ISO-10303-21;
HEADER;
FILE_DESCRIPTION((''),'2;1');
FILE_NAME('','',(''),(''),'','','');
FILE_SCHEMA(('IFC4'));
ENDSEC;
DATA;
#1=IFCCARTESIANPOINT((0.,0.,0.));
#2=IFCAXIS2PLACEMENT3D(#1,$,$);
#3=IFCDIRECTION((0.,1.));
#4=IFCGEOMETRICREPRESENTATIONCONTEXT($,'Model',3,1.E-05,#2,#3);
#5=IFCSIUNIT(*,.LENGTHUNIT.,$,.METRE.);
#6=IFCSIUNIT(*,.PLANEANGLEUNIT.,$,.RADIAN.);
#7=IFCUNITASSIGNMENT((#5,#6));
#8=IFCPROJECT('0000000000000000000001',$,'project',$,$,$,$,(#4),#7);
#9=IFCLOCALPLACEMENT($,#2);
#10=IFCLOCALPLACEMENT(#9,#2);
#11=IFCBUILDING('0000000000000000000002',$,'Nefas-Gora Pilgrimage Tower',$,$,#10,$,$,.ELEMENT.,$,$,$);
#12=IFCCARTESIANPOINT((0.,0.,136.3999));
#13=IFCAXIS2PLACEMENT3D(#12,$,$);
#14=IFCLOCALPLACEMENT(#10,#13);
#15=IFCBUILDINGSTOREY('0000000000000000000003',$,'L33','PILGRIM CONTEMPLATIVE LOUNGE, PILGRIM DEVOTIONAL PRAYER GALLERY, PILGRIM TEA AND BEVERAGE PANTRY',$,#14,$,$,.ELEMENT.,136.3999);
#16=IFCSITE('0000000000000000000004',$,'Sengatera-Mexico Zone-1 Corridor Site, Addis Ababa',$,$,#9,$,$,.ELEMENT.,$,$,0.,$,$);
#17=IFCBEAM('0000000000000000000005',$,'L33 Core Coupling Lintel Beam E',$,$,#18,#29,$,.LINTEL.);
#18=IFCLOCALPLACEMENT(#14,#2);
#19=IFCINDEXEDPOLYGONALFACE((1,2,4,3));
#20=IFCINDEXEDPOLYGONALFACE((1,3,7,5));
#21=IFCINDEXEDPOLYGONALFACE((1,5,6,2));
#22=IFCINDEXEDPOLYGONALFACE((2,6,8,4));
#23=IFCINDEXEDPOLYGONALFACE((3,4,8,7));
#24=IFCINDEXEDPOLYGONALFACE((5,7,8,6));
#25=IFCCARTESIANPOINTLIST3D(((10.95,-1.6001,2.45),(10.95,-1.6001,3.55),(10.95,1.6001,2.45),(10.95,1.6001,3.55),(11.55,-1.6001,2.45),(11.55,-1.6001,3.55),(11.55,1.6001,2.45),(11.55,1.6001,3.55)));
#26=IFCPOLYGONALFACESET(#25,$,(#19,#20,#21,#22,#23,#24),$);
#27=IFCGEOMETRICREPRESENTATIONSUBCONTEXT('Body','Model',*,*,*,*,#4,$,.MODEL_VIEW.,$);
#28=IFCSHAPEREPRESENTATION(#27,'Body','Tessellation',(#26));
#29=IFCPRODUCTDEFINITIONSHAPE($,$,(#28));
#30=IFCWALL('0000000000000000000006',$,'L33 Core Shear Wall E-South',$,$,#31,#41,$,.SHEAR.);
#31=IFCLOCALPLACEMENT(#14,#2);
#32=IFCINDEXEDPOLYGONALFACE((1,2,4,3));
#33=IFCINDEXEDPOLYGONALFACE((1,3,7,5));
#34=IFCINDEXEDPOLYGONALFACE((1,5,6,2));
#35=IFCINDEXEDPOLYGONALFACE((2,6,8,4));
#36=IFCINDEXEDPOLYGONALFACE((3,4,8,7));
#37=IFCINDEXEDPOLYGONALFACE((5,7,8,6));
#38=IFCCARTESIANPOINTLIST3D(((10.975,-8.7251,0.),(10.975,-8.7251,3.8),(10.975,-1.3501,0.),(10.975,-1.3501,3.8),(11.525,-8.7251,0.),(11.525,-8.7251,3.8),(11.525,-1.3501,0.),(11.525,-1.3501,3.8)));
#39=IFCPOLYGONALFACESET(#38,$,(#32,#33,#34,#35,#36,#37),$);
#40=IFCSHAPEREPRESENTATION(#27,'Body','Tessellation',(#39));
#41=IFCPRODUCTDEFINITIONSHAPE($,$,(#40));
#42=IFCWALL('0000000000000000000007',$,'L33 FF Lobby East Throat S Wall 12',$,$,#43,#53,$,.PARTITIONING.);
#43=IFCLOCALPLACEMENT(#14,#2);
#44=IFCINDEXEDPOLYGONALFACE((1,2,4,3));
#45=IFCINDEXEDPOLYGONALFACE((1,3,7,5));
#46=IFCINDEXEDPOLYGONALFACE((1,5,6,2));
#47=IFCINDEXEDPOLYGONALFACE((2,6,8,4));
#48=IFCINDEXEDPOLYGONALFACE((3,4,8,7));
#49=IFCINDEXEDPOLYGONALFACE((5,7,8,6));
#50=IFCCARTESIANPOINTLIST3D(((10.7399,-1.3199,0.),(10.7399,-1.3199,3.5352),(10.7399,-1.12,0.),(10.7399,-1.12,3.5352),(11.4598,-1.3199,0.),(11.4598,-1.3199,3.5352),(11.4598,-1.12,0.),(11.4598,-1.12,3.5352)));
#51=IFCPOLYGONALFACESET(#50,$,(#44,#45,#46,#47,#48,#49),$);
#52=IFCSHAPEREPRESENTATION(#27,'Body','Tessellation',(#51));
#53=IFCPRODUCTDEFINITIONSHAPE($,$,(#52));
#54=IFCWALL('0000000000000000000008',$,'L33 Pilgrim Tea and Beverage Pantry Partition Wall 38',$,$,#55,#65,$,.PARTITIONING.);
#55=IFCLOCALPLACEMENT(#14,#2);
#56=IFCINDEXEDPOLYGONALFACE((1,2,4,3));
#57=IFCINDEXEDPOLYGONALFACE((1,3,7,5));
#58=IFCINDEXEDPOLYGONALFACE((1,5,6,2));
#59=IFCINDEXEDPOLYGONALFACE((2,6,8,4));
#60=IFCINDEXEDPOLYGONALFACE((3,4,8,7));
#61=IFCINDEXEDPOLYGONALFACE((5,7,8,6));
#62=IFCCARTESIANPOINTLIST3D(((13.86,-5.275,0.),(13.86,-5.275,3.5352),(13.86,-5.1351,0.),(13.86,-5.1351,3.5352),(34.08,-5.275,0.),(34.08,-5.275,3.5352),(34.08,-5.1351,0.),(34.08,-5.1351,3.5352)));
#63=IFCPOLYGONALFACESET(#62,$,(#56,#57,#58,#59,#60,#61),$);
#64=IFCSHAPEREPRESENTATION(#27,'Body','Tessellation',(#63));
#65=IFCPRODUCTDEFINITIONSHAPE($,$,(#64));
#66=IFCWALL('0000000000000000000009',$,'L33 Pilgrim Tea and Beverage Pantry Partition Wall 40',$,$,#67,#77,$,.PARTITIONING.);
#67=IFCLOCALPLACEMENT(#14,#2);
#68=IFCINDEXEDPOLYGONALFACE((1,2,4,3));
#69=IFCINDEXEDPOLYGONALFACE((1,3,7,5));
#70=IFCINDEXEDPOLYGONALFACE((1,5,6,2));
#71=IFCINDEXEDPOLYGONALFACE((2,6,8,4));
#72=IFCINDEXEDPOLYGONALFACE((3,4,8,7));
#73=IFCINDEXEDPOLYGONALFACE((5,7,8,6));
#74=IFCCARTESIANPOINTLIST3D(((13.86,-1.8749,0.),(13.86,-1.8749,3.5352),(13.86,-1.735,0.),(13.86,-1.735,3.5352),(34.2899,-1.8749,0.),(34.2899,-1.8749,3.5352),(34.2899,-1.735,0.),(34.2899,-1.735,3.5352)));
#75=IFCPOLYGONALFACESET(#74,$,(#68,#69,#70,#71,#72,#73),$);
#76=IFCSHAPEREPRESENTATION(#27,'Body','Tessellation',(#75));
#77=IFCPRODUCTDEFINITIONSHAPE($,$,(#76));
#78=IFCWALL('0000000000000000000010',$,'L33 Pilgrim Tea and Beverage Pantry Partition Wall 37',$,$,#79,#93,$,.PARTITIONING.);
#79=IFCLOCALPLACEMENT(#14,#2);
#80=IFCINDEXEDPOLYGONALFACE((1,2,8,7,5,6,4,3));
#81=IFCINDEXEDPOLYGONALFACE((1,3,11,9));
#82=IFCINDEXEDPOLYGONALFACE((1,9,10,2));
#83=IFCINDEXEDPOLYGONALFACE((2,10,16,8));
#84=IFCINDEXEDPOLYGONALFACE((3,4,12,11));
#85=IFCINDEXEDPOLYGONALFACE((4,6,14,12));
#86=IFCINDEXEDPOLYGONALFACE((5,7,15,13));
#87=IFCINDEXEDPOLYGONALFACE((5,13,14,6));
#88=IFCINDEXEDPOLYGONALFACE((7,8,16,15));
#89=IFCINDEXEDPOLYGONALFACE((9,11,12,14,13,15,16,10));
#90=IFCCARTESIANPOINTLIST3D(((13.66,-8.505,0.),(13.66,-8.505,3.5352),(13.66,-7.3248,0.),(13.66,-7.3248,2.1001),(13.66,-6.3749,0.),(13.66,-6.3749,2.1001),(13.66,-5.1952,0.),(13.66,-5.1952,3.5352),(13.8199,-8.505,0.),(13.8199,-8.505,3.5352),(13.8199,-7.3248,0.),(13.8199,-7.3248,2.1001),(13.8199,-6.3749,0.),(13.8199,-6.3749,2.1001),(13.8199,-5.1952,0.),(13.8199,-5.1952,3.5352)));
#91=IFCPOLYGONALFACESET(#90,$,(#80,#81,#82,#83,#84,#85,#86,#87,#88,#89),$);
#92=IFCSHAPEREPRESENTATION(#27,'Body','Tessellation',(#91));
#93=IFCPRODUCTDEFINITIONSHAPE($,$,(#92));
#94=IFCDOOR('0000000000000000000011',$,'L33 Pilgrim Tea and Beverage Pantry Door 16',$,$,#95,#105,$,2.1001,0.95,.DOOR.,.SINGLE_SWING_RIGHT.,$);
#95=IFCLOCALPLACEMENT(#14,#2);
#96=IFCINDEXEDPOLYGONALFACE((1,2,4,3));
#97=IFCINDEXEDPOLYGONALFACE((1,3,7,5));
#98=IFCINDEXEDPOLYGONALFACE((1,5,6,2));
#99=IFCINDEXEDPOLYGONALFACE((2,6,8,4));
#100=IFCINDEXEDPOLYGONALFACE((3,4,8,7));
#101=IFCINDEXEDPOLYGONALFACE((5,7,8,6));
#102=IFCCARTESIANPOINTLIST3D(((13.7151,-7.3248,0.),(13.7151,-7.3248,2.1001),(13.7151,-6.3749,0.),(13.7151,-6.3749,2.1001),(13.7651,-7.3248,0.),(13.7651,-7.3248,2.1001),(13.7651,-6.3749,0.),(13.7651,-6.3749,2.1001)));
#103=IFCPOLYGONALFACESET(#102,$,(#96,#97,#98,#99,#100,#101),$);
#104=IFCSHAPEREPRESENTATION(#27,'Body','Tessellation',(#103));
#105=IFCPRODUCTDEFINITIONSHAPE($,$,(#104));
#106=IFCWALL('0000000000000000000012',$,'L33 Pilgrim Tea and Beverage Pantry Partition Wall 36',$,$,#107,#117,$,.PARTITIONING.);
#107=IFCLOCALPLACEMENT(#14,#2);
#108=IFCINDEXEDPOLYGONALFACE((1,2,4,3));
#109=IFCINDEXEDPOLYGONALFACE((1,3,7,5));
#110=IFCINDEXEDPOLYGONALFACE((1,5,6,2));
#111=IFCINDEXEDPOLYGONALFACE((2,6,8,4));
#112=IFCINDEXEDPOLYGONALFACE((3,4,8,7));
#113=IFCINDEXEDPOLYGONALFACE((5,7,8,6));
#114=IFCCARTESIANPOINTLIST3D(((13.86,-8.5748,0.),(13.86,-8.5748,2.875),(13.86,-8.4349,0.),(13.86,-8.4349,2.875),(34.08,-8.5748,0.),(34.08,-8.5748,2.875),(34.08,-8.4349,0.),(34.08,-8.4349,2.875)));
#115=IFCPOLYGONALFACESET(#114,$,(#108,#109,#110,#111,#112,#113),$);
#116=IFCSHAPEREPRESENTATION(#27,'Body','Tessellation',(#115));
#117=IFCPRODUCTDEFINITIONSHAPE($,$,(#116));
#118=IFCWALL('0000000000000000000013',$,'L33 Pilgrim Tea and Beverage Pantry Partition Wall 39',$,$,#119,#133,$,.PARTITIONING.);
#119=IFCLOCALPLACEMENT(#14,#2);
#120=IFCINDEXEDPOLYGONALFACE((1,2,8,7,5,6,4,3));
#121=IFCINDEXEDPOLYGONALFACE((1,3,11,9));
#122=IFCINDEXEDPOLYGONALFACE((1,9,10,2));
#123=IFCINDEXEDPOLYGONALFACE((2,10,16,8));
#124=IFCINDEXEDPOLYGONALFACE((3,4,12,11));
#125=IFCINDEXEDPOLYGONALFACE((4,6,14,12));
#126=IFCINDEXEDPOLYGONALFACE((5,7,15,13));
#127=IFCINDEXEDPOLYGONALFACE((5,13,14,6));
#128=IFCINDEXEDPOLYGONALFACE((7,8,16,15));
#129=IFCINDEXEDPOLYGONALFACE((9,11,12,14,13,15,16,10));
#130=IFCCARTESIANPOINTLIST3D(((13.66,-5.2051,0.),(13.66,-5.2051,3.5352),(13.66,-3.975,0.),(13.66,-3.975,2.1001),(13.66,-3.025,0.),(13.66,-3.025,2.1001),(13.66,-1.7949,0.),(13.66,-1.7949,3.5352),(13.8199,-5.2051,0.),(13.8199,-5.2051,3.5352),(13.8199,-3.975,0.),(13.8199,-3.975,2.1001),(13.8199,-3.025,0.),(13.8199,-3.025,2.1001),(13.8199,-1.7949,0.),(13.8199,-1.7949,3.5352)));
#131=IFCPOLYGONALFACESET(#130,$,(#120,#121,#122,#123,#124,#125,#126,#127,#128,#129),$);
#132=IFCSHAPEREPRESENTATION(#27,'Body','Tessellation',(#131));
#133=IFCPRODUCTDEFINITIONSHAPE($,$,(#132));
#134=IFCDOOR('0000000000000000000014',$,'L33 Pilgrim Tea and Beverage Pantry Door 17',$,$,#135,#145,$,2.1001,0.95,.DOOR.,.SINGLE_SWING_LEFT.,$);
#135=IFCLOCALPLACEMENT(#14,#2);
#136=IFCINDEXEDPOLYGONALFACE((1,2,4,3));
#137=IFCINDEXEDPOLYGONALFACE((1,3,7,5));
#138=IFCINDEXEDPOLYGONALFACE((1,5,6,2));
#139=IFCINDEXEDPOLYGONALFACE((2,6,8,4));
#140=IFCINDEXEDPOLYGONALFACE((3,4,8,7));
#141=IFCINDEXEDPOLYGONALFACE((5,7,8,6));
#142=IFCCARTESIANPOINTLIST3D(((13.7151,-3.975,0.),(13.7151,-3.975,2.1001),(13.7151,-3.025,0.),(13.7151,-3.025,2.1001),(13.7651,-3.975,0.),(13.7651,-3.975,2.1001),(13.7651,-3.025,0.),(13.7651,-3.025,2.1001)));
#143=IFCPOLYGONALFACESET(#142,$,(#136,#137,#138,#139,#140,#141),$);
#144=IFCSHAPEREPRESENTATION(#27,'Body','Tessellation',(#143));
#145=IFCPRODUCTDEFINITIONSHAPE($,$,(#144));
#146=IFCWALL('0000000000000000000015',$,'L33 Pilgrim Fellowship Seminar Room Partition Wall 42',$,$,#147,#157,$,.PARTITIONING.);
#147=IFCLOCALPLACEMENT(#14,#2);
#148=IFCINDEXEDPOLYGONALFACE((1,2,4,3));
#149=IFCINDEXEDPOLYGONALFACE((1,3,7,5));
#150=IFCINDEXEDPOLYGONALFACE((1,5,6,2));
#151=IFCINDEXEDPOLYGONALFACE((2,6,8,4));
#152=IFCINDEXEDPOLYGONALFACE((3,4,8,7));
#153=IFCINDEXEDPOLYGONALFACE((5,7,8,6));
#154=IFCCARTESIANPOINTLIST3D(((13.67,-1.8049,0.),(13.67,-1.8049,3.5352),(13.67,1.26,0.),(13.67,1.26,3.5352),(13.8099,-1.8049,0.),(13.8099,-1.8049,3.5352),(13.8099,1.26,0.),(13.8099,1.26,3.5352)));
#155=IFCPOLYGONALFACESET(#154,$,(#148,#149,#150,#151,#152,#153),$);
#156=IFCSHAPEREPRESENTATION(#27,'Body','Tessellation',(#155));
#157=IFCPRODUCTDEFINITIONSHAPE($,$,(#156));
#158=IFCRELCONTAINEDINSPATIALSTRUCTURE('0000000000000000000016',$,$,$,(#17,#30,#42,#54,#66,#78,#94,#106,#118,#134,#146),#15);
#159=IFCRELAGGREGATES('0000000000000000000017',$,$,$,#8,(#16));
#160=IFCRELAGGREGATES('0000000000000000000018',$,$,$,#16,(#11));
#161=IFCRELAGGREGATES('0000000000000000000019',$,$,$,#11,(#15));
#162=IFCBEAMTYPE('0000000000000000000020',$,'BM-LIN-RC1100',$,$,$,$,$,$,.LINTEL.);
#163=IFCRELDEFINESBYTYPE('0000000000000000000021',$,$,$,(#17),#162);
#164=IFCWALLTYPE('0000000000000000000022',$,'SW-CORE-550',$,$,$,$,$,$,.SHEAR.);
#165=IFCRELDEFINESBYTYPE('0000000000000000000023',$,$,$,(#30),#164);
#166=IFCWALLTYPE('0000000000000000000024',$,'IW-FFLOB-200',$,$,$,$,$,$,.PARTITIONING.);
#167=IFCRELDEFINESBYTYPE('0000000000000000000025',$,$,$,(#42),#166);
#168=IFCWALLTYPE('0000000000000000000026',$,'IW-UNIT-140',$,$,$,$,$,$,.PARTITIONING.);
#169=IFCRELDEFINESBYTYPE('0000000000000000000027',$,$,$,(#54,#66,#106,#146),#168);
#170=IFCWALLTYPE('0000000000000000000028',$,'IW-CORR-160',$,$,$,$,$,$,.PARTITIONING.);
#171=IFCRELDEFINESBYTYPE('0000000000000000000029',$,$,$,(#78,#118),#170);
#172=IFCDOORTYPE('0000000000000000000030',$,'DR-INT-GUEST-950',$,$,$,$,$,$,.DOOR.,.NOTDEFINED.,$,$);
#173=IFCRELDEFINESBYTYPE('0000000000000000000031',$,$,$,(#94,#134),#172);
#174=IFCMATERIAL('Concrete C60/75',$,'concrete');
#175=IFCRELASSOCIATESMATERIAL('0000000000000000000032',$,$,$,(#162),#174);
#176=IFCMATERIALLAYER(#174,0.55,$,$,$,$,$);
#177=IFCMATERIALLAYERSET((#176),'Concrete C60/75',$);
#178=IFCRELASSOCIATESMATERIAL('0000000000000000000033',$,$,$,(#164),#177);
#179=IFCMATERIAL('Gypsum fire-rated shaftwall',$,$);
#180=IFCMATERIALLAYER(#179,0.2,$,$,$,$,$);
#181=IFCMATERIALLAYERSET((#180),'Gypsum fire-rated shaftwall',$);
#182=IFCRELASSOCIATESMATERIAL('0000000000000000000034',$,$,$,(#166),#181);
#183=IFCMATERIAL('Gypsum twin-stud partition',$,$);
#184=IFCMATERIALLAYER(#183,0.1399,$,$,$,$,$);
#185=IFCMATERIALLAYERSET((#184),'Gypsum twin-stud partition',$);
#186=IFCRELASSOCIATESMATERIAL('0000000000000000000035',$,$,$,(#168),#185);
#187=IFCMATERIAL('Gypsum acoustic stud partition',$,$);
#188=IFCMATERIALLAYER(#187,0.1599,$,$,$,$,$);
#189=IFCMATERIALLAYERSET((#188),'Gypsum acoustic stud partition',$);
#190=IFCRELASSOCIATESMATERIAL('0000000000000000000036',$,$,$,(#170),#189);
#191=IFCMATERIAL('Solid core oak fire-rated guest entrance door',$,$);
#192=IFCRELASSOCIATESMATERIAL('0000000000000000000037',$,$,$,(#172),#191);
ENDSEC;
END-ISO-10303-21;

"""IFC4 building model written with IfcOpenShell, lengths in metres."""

from ifc_helpers import new_model, si_unit, direction, frame, frame_2d, origin, origin_2d, place, context, subcontext, project, spatial, rectangle, extrude, source, transform, mapped, material, layer, layer_set, material_profile, profile_set, type_object, element, fill, save


model = new_model("IFC4")

# Units and contexts
model_context = context("Model", 3, precision=1e-05, world=origin(), true_north=direction((0.0, 1.0)))
body_context = subcontext(model_context, "Body", "Model", "MODEL_VIEW")
ifc_project = project(units=[si_unit("LENGTHUNIT", "METRE"), si_unit("PLANEANGLEUNIT", "RADIAN")], contexts=[model_context])

# Site, building, storey
site_placement = place(None, origin())
site = spatial("IfcSite", under=ifc_project, at=site_placement, Name="Sengatera-Mexico Zone-1 Corridor Site, Addis Ababa", CompositionType="ELEMENT", RefElevation=0.0)
building_placement = place(site_placement, origin())
building = spatial("IfcBuilding", under=site, at=building_placement, Name="Nefas-Gora Pilgrimage Tower", CompositionType="ELEMENT")
storey_placement = place(building_placement, frame((0.0, 0.0, 136.3999)))
storey = spatial("IfcBuildingStorey", under=building, at=storey_placement, Name="L33", Description="PILGRIM CONTEMPLATIVE LOUNGE, PILGRIM DEVOTIONAL PRAYER GALLERY, PILGRIM TEA AND BEVERAGE PANTRY", CompositionType="ELEMENT", Elevation=136.3999)

# Beam
ifc_material_1 = material(Name="Concrete C60/75", Category="concrete")
ifc_material_profile = material_profile(ifc_material_1, rectangle(XDim=0.6001, YDim=1.1001, at=origin_2d()), Name="RC 600x1100")
ifc_profile_set = profile_set([ifc_material_profile], Name="Concrete C60/75")
beam_type = type_object("IfcBeamType", Name="BM-LIN-RC1100", PredefinedType="LINTEL", material=ifc_profile_set)
shared_shape_1 = source(origin(), body_context, "Body", "SweptSolid", [
    extrude(rectangle(XDim=0.6001, YDim=1.1001, at=origin_2d()), origin(), (0.0, 0.0, 1.0), 3.2002),
])
beam_placement = place(storey_placement, frame((11.25, -1.6001, 3.0), z_axis=(0.0, 1.0, 0.0), x_axis=(-1.0, 0.0, 0.0)))
element("IfcBeam", 1, at=beam_placement, inside=storey, type_object=beam_type, Name="L33 Core Coupling Lintel Beam E", PredefinedType="LINTEL", context=body_context, shape_type="MappedRepresentation", body=[
    mapped(shared_shape_1, transform((0.0, 0.0, 0.0), x_axis=(1.0, 0.0, 0.0), y_axis=(0.0, 1.0, 0.0), z_axis=(0.0, 0.0, 1.0), scale=1.0)),
])

# Wall
ifc_layer_1 = layer(ifc_material_1, 0.55)
ifc_layer_set_1 = layer_set([ifc_layer_1], Name="Concrete C60/75")
wall_type_1 = type_object("IfcWallType", Name="SW-CORE-550", PredefinedType="SHEAR", material=ifc_layer_set_1)
shared_shape_2 = source(origin(), body_context, "Body", "SweptSolid", [
    extrude(rectangle(XDim=7.375, YDim=0.55, at=frame_2d((3.6875, 0.0))), origin(), (0.0, 0.0, 1.0), 3.8),
])
wall_1_placement = place(storey_placement, frame((11.25, -8.7251, 0.0), z_axis=(0.0, 0.0, 1.0), x_axis=(0.0, 1.0, 0.0)))
element("IfcWall", 2, at=wall_1_placement, inside=storey, type_object=wall_type_1, Name="L33 Core Shear Wall E-South", PredefinedType="SHEAR", context=body_context, shape_type="MappedRepresentation", body=[
    mapped(shared_shape_2, transform((0.0, 0.0, 0.0), x_axis=(1.0, 0.0, 0.0), y_axis=(0.0, 1.0, 0.0), z_axis=(0.0, 0.0, 1.0), scale=1.0)),
])

# Shared definitions
ifc_material_2 = material(Name="Gypsum fire-rated shaftwall")
ifc_layer_2 = layer(ifc_material_2, 0.2)
ifc_layer_set_2 = layer_set([ifc_layer_2], Name="Gypsum fire-rated shaftwall")
wall_type_2 = type_object("IfcWallType", Name="IW-FFLOB-200", PredefinedType="PARTITIONING", material=ifc_layer_set_2)

# Walls
shared_shape_3 = source(origin(), body_context, "Body", "SweptSolid", [
    extrude(rectangle(XDim=0.72, YDim=0.2, at=frame_2d((0.3599, 0.0))), origin(), (0.0, 0.0, 1.0), 3.5352),
])
wall_2_placement = place(storey_placement, frame((10.74, -1.22, 0.0), z_axis=(0.0, 0.0, 1.0), x_axis=(1.0, 0.0, 0.0)))
element("IfcWall", 3, at=wall_2_placement, inside=storey, type_object=wall_type_2, Name="L33 FF Lobby East Throat S Wall 12", PredefinedType="PARTITIONING", context=body_context, shape_type="MappedRepresentation", body=[
    mapped(shared_shape_3, transform((0.0, 0.0, 0.0), x_axis=(1.0, 0.0, 0.0), y_axis=(0.0, 1.0, 0.0), z_axis=(0.0, 0.0, 1.0), scale=1.0)),
])
ifc_material_3 = material(Name="Gypsum twin-stud partition")
ifc_layer_3 = layer(ifc_material_3, 0.1399)
ifc_layer_set_3 = layer_set([ifc_layer_3], Name="Gypsum twin-stud partition")
wall_type_3 = type_object("IfcWallType", Name="IW-UNIT-140", PredefinedType="PARTITIONING", material=ifc_layer_set_3)
shared_shape_4 = source(origin(), body_context, "Body", "SweptSolid", [
    extrude(rectangle(XDim=20.22, YDim=0.1399, at=frame_2d((10.1099, 0.0))), origin(), (0.0, 0.0, 1.0), 3.5352),
])
wall_3_placement = place(storey_placement, frame((13.8601, -5.2051, 0.0), z_axis=(0.0, 0.0, 1.0), x_axis=(1.0, 0.0, 0.0)))
element("IfcWall", 4, at=wall_3_placement, inside=storey, type_object=wall_type_3, Name="L33 Pilgrim Tea and Beverage Pantry Partition Wall 38", PredefinedType="PARTITIONING", context=body_context, shape_type="MappedRepresentation", body=[
    mapped(shared_shape_4, transform((0.0, 0.0, 0.0), x_axis=(1.0, 0.0, 0.0), y_axis=(0.0, 1.0, 0.0), z_axis=(0.0, 0.0, 1.0), scale=1.0)),
])
shared_shape_5 = source(origin(), body_context, "Body", "SweptSolid", [
    extrude(rectangle(XDim=20.4299, YDim=0.1399, at=frame_2d((10.2148, 0.0))), origin(), (0.0, 0.0, 1.0), 3.5352),
])
wall_4_placement = place(storey_placement, frame((13.8601, -1.8049, 0.0), z_axis=(0.0, 0.0, 1.0), x_axis=(1.0, 0.0, 0.0)))
element("IfcWall", 5, at=wall_4_placement, inside=storey, type_object=wall_type_3, Name="L33 Pilgrim Tea and Beverage Pantry Partition Wall 40", PredefinedType="PARTITIONING", context=body_context, shape_type="MappedRepresentation", body=[
    mapped(shared_shape_5, transform((0.0, 0.0, 0.0), x_axis=(1.0, 0.0, 0.0), y_axis=(0.0, 1.0, 0.0), z_axis=(0.0, 0.0, 1.0), scale=1.0)),
])

# Wall, opening, door
ifc_material_4 = material(Name="Gypsum acoustic stud partition")
ifc_layer_4 = layer(ifc_material_4, 0.1599)
ifc_layer_set_4 = layer_set([ifc_layer_4], Name="Gypsum acoustic stud partition")
wall_type_4 = type_object("IfcWallType", Name="IW-CORR-160", PredefinedType="PARTITIONING", material=ifc_layer_set_4)
shared_shape_6 = source(origin(), body_context, "Body", "SweptSolid", [
    extrude(rectangle(XDim=3.3098, YDim=0.1599, at=frame_2d((1.6548, 0.0))), origin(), (0.0, 0.0, 1.0), 3.5352),
])
wall_5_placement = place(storey_placement, frame((13.74, -8.5049, 0.0), z_axis=(0.0, 0.0, 1.0), x_axis=(0.0, 1.0, 0.0)))
wall_5 = element("IfcWall", 6, at=wall_5_placement, inside=storey, type_object=wall_type_4, Name="L33 Pilgrim Tea and Beverage Pantry Partition Wall 37", PredefinedType="PARTITIONING", context=body_context, shape_type="MappedRepresentation", body=[
    mapped(shared_shape_6, transform((0.0, 0.0, 0.0), x_axis=(1.0, 0.0, 0.0), y_axis=(0.0, 1.0, 0.0), z_axis=(0.0, 0.0, 1.0), scale=1.0)),
])
opening_1_placement = place(wall_5_placement, frame((1.1799, 0.0, 0.0)))
opening_1 = element("IfcOpeningElement", 7, at=opening_1_placement, cuts=wall_5, PredefinedType="OPENING", context=body_context, shape_type="SweptSolid", body=[
    extrude(rectangle(XDim=0.95, YDim=2.1001, at=frame_2d((0.4751, 1.05))), frame((0.0, 0.0898, 0.0), z_axis=(0.0, -1.0, 0.0), x_axis=(1.0, 0.0, 0.0)), (0.0, 0.0, 1.0), 0.1799),
])
ifc_material_5 = material(Name="Solid core oak fire-rated guest entrance door")
door_type_1 = type_object("IfcDoorType", Name="DR-INT-GUEST-950", OperationType="NOTDEFINED", PredefinedType="DOOR", material=ifc_material_5)
shared_shape_7 = source(origin(), body_context, "Body", "SweptSolid", [
    extrude(rectangle(XDim=0.95, YDim=2.1001, at=frame_2d((0.4751, 1.05))), frame((0.0, 0.0249, 0.0), z_axis=(0.0, -1.0, 0.0), x_axis=(1.0, 0.0, 0.0)), (0.0, 0.0, 1.0), 0.05),
])
door_1_placement = place(opening_1_placement, origin())
door_1 = element("IfcDoor", 8, at=door_1_placement, inside=storey, type_object=door_type_1, Name="L33 Pilgrim Tea and Beverage Pantry Door 16", OperationType="SINGLE_SWING_RIGHT", OverallHeight=2.1001, OverallWidth=0.95, PredefinedType="DOOR", context=body_context, shape_type="MappedRepresentation", body=[
    mapped(shared_shape_7, transform((0.0, 0.0, 0.0), x_axis=(1.0, 0.0, 0.0), y_axis=(0.0, 1.0, 0.0), z_axis=(0.0, 0.0, 1.0), scale=1.0)),
])
fill(opening_1, door_1)

# Wall
shared_shape_8 = source(origin(), body_context, "Body", "SweptSolid", [
    extrude(rectangle(XDim=20.22, YDim=0.1399, at=frame_2d((10.1099, 0.0))), origin(), (0.0, 0.0, 1.0), 2.875),
])
wall_6_placement = place(storey_placement, frame((13.8601, -8.5049, 0.0), z_axis=(0.0, 0.0, 1.0), x_axis=(1.0, 0.0, 0.0)))
element("IfcWall", 9, at=wall_6_placement, inside=storey, type_object=wall_type_3, Name="L33 Pilgrim Tea and Beverage Pantry Partition Wall 36", PredefinedType="PARTITIONING", context=body_context, shape_type="MappedRepresentation", body=[
    mapped(shared_shape_8, transform((0.0, 0.0, 0.0), x_axis=(1.0, 0.0, 0.0), y_axis=(0.0, 1.0, 0.0), z_axis=(0.0, 0.0, 1.0), scale=1.0)),
])

# Wall, opening, door
shared_shape_9 = source(origin(), body_context, "Body", "SweptSolid", [
    extrude(rectangle(XDim=3.4102, YDim=0.1599, at=frame_2d((1.7051, 0.0))), origin(), (0.0, 0.0, 1.0), 3.5352),
])
wall_7_placement = place(storey_placement, frame((13.74, -5.2051, 0.0), z_axis=(0.0, 0.0, 1.0), x_axis=(0.0, 1.0, 0.0)))
wall_7 = element("IfcWall", 10, at=wall_7_placement, inside=storey, type_object=wall_type_4, Name="L33 Pilgrim Tea and Beverage Pantry Partition Wall 39", PredefinedType="PARTITIONING", context=body_context, shape_type="MappedRepresentation", body=[
    mapped(shared_shape_9, transform((0.0, 0.0, 0.0), x_axis=(1.0, 0.0, 0.0), y_axis=(0.0, 1.0, 0.0), z_axis=(0.0, 0.0, 1.0), scale=1.0)),
])
opening_2_placement = place(wall_7_placement, frame((1.23, 0.0, 0.0)))
opening_2 = element("IfcOpeningElement", 11, at=opening_2_placement, cuts=wall_7, PredefinedType="OPENING", context=body_context, shape_type="SweptSolid", body=[
    extrude(rectangle(XDim=0.95, YDim=2.1001, at=frame_2d((0.4751, 1.05))), frame((0.0, 0.0898, 0.0), z_axis=(0.0, -1.0, 0.0), x_axis=(1.0, 0.0, 0.0)), (0.0, 0.0, 1.0), 0.1799),
])
door_2_placement = place(opening_2_placement, origin())
door_2 = element("IfcDoor", 12, at=door_2_placement, inside=storey, type_object=door_type_1, Name="L33 Pilgrim Tea and Beverage Pantry Door 17", OperationType="SINGLE_SWING_LEFT", OverallHeight=2.1001, OverallWidth=0.95, PredefinedType="DOOR", context=body_context, shape_type="MappedRepresentation", body=[
    mapped(shared_shape_7, transform((0.0, 0.0, 0.0), x_axis=(1.0, 0.0, 0.0), y_axis=(0.0, 1.0, 0.0), z_axis=(0.0, 0.0, 1.0), scale=1.0)),
])
fill(opening_2, door_2)

# Wall
shared_shape_10 = source(origin(), body_context, "Body", "SweptSolid", [
    extrude(rectangle(XDim=3.0649, YDim=0.1399, at=frame_2d((1.5325, 0.0))), origin(), (0.0, 0.0, 1.0), 3.5352),
])
wall_8_placement = place(storey_placement, frame((13.74, -1.8049, 0.0), z_axis=(0.0, 0.0, 1.0), x_axis=(0.0, 1.0, 0.0)))
element("IfcWall", 13, at=wall_8_placement, inside=storey, type_object=wall_type_3, Name="L33 Pilgrim Fellowship Seminar Room Partition Wall 42", PredefinedType="PARTITIONING", context=body_context, shape_type="MappedRepresentation", body=[
    mapped(shared_shape_10, transform((0.0, 0.0, 0.0), x_axis=(1.0, 0.0, 0.0), y_axis=(0.0, 1.0, 0.0), z_axis=(0.0, 0.0, 1.0), scale=1.0)),
])

save(model, "model.ifc")
